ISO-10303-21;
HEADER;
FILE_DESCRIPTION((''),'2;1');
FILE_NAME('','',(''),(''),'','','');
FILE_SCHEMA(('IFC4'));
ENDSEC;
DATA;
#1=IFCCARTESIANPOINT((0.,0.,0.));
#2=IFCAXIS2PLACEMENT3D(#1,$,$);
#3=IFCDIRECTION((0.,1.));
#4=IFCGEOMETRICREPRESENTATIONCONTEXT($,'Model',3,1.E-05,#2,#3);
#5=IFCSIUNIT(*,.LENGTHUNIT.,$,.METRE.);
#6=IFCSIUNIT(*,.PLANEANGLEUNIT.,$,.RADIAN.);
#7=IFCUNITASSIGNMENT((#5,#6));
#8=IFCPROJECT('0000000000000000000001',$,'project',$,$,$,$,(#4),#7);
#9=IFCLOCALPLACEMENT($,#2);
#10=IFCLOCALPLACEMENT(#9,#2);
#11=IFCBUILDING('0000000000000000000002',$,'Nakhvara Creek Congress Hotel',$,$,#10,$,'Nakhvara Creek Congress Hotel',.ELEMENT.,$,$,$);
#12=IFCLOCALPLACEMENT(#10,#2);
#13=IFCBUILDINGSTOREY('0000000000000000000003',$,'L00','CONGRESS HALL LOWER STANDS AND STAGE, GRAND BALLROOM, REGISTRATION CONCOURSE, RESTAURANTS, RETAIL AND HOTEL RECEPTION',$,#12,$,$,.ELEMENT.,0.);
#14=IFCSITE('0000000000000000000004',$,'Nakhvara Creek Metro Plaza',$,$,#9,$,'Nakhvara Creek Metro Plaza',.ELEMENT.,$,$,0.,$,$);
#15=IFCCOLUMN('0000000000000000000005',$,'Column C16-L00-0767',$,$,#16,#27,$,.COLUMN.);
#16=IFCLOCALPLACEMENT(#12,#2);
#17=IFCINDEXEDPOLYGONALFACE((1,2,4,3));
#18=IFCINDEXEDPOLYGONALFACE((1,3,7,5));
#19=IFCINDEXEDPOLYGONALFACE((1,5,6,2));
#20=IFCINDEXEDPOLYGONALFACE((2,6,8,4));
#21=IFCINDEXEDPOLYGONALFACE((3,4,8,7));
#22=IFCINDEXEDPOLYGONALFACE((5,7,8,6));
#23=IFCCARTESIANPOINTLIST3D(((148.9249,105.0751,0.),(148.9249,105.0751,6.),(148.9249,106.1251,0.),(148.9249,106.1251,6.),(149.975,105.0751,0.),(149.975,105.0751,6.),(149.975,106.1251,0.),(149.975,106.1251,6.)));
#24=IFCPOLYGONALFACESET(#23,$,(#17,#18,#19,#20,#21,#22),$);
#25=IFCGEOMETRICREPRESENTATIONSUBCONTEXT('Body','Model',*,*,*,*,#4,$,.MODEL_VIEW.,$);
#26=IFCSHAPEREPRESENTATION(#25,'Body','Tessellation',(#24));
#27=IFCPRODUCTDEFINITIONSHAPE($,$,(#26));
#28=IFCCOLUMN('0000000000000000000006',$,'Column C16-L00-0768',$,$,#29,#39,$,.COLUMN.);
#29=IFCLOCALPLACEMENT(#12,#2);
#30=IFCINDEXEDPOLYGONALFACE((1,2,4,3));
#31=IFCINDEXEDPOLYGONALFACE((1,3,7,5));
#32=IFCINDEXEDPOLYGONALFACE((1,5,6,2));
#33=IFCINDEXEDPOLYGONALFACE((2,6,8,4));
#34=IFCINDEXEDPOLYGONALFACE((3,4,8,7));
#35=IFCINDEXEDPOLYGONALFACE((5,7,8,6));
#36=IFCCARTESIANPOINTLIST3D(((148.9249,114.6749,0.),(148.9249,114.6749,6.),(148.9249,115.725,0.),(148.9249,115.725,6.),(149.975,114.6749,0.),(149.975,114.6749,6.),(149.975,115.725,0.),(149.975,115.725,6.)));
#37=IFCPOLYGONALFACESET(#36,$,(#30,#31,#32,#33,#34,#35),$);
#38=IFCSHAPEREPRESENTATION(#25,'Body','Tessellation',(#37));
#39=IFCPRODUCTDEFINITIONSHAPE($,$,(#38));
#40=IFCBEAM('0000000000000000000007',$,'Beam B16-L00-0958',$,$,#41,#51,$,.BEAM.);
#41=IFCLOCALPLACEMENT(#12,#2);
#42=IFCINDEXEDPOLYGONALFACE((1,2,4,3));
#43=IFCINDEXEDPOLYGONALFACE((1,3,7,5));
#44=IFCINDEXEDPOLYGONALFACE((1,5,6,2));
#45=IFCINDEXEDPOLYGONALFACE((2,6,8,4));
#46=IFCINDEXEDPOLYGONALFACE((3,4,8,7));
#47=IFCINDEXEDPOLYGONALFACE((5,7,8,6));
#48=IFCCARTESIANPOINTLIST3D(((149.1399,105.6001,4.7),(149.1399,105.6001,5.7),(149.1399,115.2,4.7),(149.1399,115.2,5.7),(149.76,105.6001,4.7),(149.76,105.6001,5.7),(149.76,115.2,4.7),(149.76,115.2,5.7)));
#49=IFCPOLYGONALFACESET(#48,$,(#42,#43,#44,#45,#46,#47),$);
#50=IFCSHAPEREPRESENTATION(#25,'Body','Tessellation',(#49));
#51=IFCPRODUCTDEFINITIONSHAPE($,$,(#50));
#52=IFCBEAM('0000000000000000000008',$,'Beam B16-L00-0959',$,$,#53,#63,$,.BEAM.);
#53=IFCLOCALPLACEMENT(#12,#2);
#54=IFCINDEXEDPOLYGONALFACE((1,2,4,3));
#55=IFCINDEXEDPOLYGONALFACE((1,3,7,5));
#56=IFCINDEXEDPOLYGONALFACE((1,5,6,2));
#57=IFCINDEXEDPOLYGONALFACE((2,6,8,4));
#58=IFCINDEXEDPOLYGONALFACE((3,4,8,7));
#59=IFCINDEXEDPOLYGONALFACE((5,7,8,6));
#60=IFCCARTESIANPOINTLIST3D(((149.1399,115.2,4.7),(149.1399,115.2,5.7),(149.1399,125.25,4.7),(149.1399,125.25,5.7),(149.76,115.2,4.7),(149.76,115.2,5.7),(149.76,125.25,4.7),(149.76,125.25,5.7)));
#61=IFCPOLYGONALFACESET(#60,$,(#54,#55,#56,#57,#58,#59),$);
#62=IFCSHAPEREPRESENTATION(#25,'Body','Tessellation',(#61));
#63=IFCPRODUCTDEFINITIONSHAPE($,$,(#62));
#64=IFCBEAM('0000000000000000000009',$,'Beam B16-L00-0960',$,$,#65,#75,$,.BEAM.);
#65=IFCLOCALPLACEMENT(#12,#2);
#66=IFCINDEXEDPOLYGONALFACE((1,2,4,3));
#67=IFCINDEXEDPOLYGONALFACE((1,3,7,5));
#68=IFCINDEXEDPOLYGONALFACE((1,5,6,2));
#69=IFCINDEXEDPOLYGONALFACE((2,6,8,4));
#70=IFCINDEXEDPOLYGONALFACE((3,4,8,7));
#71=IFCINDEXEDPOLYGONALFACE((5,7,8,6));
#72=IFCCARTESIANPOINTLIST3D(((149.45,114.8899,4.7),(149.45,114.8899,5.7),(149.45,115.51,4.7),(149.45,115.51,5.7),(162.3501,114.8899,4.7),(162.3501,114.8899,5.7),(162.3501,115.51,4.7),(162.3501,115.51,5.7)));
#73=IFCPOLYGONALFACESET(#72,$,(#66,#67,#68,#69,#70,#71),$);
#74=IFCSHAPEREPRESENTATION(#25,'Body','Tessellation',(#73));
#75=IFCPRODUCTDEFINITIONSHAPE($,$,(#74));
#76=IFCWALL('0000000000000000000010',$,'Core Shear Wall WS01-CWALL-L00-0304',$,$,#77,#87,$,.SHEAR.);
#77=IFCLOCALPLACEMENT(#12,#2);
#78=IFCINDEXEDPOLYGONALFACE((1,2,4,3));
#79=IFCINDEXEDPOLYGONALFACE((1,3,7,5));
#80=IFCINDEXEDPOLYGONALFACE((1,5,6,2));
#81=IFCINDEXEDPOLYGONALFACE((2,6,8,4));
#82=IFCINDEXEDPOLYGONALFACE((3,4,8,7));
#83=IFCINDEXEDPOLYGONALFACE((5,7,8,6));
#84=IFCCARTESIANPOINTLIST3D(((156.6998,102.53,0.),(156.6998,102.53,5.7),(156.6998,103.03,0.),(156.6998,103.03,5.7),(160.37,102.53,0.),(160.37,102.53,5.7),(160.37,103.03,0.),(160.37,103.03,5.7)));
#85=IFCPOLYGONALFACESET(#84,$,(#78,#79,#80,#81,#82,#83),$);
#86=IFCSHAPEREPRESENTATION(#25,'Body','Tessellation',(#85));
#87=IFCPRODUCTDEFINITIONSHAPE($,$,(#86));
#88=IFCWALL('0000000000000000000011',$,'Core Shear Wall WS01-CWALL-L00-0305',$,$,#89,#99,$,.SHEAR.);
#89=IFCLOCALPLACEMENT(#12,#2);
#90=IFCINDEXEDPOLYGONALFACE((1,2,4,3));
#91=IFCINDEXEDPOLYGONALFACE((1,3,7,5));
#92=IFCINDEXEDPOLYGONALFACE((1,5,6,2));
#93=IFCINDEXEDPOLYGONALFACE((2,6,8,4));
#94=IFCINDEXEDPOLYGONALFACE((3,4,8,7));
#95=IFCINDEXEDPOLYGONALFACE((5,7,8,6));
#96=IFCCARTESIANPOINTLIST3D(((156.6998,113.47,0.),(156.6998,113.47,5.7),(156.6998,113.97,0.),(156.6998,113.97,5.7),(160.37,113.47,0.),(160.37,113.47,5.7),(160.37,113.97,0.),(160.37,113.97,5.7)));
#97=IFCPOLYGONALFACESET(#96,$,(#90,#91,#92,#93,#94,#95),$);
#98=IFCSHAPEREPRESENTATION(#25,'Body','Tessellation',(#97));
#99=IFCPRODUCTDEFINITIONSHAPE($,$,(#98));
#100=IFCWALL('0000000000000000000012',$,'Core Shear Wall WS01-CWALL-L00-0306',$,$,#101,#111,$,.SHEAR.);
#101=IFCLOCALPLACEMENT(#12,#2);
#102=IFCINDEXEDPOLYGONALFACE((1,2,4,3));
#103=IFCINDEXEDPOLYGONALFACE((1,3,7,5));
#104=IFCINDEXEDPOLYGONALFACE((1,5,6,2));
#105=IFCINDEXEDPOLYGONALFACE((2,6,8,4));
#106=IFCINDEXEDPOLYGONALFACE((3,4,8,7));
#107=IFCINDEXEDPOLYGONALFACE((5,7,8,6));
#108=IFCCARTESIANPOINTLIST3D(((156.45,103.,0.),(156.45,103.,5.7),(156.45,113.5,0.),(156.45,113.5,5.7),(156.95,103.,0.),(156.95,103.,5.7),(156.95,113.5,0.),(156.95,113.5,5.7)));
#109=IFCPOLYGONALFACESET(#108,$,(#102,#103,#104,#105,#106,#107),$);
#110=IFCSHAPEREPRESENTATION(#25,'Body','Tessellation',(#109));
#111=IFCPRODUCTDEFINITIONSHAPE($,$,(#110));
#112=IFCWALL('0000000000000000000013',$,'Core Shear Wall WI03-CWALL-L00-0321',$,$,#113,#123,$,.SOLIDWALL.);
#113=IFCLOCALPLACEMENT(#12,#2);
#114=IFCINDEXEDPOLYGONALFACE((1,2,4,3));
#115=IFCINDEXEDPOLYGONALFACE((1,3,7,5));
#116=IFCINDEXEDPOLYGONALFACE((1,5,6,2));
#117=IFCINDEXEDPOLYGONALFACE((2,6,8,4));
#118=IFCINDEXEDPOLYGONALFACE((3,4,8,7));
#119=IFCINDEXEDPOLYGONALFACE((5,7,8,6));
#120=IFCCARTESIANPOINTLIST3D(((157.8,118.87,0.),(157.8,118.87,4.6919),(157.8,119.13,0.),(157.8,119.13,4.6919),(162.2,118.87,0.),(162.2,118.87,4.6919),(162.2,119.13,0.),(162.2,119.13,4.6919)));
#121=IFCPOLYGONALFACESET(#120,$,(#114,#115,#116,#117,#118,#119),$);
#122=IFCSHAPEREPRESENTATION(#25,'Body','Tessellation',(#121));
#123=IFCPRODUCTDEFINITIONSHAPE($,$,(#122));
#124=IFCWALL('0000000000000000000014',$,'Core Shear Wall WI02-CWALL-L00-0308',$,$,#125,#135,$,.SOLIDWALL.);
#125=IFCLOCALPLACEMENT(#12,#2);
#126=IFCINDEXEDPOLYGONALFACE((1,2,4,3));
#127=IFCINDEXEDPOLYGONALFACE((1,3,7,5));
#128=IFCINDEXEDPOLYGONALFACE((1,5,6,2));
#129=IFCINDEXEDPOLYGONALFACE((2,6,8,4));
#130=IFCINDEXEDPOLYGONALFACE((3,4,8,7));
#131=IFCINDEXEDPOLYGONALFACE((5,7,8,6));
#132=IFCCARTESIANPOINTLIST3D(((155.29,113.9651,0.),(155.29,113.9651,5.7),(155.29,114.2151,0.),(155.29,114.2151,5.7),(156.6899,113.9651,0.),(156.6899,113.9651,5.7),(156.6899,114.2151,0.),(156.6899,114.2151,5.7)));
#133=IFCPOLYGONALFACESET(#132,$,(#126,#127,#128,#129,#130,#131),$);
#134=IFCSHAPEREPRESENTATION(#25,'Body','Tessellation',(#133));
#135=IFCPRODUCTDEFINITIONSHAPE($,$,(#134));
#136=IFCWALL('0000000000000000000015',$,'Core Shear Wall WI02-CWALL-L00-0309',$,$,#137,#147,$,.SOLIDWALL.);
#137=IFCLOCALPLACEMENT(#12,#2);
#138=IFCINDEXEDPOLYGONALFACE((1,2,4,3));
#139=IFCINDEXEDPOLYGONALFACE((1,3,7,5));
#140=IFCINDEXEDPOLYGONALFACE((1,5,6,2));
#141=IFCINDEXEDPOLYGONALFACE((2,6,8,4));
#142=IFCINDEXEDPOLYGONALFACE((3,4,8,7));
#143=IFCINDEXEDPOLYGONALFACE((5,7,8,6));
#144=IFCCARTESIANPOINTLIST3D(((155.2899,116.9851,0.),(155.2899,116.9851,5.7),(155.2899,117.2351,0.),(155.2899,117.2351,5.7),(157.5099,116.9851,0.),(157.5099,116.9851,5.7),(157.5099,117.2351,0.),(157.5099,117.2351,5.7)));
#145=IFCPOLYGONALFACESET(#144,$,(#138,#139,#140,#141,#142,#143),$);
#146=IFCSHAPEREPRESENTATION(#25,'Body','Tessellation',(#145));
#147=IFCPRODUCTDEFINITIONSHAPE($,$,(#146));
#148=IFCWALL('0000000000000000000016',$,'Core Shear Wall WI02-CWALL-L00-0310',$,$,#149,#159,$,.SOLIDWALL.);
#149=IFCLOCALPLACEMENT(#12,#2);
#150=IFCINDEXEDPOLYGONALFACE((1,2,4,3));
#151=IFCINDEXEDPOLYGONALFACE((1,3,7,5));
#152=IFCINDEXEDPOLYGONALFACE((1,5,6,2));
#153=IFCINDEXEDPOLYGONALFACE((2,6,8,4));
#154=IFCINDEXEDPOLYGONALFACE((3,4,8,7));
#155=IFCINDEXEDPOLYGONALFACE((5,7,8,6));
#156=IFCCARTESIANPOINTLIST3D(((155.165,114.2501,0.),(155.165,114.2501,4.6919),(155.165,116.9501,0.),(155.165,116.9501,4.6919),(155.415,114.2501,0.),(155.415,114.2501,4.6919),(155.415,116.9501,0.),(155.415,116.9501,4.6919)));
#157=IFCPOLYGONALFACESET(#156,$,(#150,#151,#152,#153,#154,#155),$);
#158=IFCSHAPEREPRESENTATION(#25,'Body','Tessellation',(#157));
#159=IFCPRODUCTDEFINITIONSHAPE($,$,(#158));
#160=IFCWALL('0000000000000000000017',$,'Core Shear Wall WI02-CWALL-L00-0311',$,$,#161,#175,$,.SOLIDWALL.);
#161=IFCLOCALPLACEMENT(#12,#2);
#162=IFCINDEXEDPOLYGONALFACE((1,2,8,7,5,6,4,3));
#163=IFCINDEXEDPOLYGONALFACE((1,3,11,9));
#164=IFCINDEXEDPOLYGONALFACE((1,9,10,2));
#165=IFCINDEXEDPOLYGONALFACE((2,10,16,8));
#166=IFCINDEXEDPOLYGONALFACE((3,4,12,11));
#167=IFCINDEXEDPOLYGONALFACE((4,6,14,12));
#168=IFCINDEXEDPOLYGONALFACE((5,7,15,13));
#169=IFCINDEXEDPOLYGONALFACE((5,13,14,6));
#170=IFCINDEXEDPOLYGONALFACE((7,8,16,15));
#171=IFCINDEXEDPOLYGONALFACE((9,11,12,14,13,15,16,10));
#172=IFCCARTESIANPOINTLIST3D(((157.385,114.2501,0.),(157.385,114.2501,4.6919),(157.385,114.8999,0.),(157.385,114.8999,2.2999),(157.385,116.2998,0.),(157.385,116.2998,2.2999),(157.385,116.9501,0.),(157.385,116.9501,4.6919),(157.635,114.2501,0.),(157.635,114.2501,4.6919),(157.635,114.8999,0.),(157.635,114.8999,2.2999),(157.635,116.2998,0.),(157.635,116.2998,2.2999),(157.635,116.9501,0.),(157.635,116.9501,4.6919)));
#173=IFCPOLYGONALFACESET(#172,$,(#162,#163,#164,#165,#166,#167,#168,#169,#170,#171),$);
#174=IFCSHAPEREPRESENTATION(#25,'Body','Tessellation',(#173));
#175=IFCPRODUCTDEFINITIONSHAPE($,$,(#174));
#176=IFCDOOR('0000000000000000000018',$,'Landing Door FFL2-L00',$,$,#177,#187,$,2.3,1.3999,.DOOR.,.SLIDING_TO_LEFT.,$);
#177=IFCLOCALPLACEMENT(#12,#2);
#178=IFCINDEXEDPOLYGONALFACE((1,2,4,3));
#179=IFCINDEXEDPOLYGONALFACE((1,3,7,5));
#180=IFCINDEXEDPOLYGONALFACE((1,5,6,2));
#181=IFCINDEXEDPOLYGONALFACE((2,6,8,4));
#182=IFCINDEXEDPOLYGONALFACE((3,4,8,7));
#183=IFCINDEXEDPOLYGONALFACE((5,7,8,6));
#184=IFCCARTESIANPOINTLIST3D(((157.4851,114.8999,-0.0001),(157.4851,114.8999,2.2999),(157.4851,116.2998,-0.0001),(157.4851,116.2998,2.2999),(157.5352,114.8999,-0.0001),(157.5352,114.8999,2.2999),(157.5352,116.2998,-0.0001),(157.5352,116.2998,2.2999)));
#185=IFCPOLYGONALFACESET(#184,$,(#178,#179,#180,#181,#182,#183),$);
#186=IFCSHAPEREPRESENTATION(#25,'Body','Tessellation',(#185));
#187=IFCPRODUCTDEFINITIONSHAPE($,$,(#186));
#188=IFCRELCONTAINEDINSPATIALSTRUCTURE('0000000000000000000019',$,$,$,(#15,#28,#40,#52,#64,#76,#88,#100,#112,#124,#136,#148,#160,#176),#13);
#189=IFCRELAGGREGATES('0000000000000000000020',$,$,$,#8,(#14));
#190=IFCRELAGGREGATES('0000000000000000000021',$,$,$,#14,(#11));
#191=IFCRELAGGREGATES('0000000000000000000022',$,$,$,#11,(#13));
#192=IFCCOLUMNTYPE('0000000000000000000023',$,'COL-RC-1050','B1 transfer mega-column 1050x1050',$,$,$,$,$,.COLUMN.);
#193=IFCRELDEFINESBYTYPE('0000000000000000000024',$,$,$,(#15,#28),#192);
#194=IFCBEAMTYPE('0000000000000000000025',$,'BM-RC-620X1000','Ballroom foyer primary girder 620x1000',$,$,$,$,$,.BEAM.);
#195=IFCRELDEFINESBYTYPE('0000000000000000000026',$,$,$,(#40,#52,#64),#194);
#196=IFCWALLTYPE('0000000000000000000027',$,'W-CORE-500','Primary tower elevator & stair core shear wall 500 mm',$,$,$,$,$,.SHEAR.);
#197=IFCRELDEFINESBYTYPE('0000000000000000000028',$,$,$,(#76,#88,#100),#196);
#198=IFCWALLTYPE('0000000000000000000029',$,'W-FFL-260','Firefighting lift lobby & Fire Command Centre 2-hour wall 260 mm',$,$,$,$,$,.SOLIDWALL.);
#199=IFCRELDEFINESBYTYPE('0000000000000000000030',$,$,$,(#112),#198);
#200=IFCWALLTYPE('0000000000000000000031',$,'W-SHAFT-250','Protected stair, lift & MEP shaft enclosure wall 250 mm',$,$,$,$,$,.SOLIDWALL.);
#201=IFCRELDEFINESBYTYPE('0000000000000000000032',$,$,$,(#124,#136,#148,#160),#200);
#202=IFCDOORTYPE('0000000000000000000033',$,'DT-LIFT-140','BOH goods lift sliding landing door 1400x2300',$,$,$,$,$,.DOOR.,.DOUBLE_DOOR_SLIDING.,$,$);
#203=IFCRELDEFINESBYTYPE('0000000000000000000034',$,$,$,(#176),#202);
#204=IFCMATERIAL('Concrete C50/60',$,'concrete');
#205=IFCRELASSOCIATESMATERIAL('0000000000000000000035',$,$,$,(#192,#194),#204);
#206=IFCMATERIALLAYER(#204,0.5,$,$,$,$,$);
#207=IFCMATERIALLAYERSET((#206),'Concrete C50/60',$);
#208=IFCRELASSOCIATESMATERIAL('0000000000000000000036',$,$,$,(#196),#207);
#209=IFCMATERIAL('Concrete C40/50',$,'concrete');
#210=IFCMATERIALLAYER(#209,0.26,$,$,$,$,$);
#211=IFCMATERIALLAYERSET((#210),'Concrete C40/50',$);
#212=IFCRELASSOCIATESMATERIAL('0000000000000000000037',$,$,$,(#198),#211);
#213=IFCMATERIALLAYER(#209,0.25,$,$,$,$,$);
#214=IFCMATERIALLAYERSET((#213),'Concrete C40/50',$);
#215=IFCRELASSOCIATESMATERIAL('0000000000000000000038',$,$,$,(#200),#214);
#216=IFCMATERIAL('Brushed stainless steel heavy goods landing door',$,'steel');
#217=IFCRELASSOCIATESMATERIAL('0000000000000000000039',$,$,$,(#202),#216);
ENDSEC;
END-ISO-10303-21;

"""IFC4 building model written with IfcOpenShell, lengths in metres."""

from ifc_helpers import new_model, si_unit, direction, frame, frame_2d, origin, origin_2d, place, context, subcontext, project, spatial, rectangle, extrude, material, layer, layer_set, material_profile, profile_set, type_object, element, fill, save


model = new_model("IFC4")

# Units and contexts
model_context = context("Model", 3, precision=1e-05, world=origin(), true_north=direction((0.0, 1.0)))
body_context = subcontext(model_context, "Body", "Model", "MODEL_VIEW")
ifc_project = project(units=[si_unit("LENGTHUNIT", "METRE"), si_unit("PLANEANGLEUNIT", "RADIAN")], contexts=[model_context])

# Site, building, storey
site_placement = place(None, origin())
site = spatial("IfcSite", under=ifc_project, at=site_placement, Name="Nakhvara Creek Metro Plaza", LongName="Nakhvara Creek Metro Plaza", CompositionType="ELEMENT", RefElevation=0.0)
building_placement = place(site_placement, origin())
building = spatial("IfcBuilding", under=site, at=building_placement, Name="Nakhvara Creek Congress Hotel", LongName="Nakhvara Creek Congress Hotel", CompositionType="ELEMENT")
storey_placement = place(building_placement, origin())
storey = spatial("IfcBuildingStorey", under=building, at=storey_placement, Name="L00", Description="CONGRESS HALL LOWER STANDS AND STAGE, GRAND BALLROOM, REGISTRATION CONCOURSE, RESTAURANTS, RETAIL AND HOTEL RECEPTION", CompositionType="ELEMENT", Elevation=0.0)

# Columns
ifc_material_1 = material(Name="Concrete C50/60", Category="concrete")
ifc_material_profile_1 = material_profile(ifc_material_1, rectangle(XDim=1.05, YDim=1.05, at=origin_2d()), Name="RC-COL 1050x1050", Category="LoadBearing")
ifc_profile_set_1 = profile_set([ifc_material_profile_1], Name="Concrete C50/60")
column_type = type_object("IfcColumnType", Name="COL-RC-1050", Description="B1 transfer mega-column 1050x1050", PredefinedType="COLUMN", material=ifc_profile_set_1)
for number, where, z_axis, x_axis, name in (
    (1, (149.45, 105.6001, 0.0), (0.0, 0.0, 1.0), (1.0, 0.0, 0.0), "Column C16-L00-0767"),
    (2, (149.45, 115.2, 0.0), (0.0, 0.0, 1.0), (1.0, 0.0, 0.0), "Column C16-L00-0768"),
):
    element("IfcColumn", number, at=place(storey_placement, frame(where, z_axis=z_axis, x_axis=x_axis)), inside=storey, type_object=column_type, Name=name, PredefinedType="COLUMN", context=body_context, shape_type="SweptSolid", body=[
        extrude(rectangle(XDim=1.05, YDim=1.05, at=origin_2d()), origin(), (0.0, 0.0, 1.0), 6.0),
    ])

# Beams
ifc_material_profile_2 = material_profile(ifc_material_1, rectangle(XDim=0.6201, YDim=1.0, at=origin_2d()), Name="RC-BM 620x1000", Category="LoadBearing")
ifc_profile_set_2 = profile_set([ifc_material_profile_2], Name="Concrete C50/60")
beam_type = type_object("IfcBeamType", Name="BM-RC-620X1000", Description="Ballroom foyer primary girder 620x1000", PredefinedType="BEAM", material=ifc_profile_set_2)
beam_1_placement = place(storey_placement, frame((149.45, 105.6001, 5.2), z_axis=(0.0, 1.0, 0.0), x_axis=(-1.0, 0.0, 0.0)))
element("IfcBeam", 3, at=beam_1_placement, inside=storey, type_object=beam_type, Name="Beam B16-L00-0958", PredefinedType="BEAM", context=body_context, shape_type="SweptSolid", body=[
    extrude(rectangle(XDim=0.6201, YDim=1.0, at=origin_2d()), origin(), (0.0, 0.0, 1.0), 9.5999),
])
beam_2_placement = place(storey_placement, frame((149.45, 115.2, 5.2), z_axis=(0.0, 1.0, 0.0), x_axis=(-1.0, 0.0, 0.0)))
element("IfcBeam", 4, at=beam_2_placement, inside=storey, type_object=beam_type, Name="Beam B16-L00-0959", PredefinedType="BEAM", context=body_context, shape_type="SweptSolid", body=[
    extrude(rectangle(XDim=0.6201, YDim=1.0, at=origin_2d()), origin(), (0.0, 0.0, 1.0), 10.05),
])
beam_3_placement = place(storey_placement, frame((149.45, 115.2, 5.2), z_axis=(1.0, 0.0, 0.0), x_axis=(0.0, 1.0, 0.0)))
element("IfcBeam", 5, at=beam_3_placement, inside=storey, type_object=beam_type, Name="Beam B16-L00-0960", PredefinedType="BEAM", context=body_context, shape_type="SweptSolid", body=[
    extrude(rectangle(XDim=0.6201, YDim=1.0, at=origin_2d()), origin(), (0.0, 0.0, 1.0), 12.9001),
])

# Walls
ifc_layer_1 = layer(ifc_material_1, 0.5)
ifc_layer_set_1 = layer_set([ifc_layer_1], Name="Concrete C50/60")
wall_type_1 = type_object("IfcWallType", Name="W-CORE-500", Description="Primary tower elevator & stair core shear wall 500 mm", PredefinedType="SHEAR", material=ifc_layer_set_1)
for number, where, z_axis, x_axis, name in (
    (6, (156.7, 102.78, 0.0), (0.0, 0.0, 1.0), (1.0, 0.0, 0.0), "Core Shear Wall WS01-CWALL-L00-0304"),
    (7, (156.7, 113.72, 0.0), (0.0, 0.0, 1.0), (1.0, 0.0, 0.0), "Core Shear Wall WS01-CWALL-L00-0305"),
):
    element("IfcWall", number, at=place(storey_placement, frame(where, z_axis=z_axis, x_axis=x_axis)), inside=storey, type_object=wall_type_1, Name=name, PredefinedType="SHEAR", context=body_context, shape_type="SweptSolid", body=[
        extrude(rectangle(XDim=3.6702, YDim=0.5, at=frame_2d((1.835, 0.0))), origin(), (0.0, 0.0, 1.0), 5.7),
    ])
wall_1_placement = place(storey_placement, frame((156.7, 103.0, 0.0), z_axis=(0.0, 0.0, 1.0), x_axis=(0.0, 1.0, 0.0)))
element("IfcWall", 8, at=wall_1_placement, inside=storey, type_object=wall_type_1, Name="Core Shear Wall WS01-CWALL-L00-0306", PredefinedType="SHEAR", context=body_context, shape_type="SweptSolid", body=[
    extrude(rectangle(XDim=10.5, YDim=0.5, at=frame_2d((5.25, 0.0))), origin(), (0.0, 0.0, 1.0), 5.7),
])
ifc_material_2 = material(Name="Concrete C40/50", Category="concrete")
ifc_layer_2 = layer(ifc_material_2, 0.26)
ifc_layer_set_2 = layer_set([ifc_layer_2], Name="Concrete C40/50")
wall_type_2 = type_object("IfcWallType", Name="W-FFL-260", Description="Firefighting lift lobby & Fire Command Centre 2-hour wall 260 mm", PredefinedType="SOLIDWALL", material=ifc_layer_set_2)
wall_2_placement = place(storey_placement, frame((157.8, 119.0, 0.0), z_axis=(0.0, 0.0, 1.0), x_axis=(1.0, 0.0, 0.0)))
element("IfcWall", 9, at=wall_2_placement, inside=storey, type_object=wall_type_2, Name="Core Shear Wall WI03-CWALL-L00-0321", PredefinedType="SOLIDWALL", context=body_context, shape_type="SweptSolid", body=[
    extrude(rectangle(XDim=4.3999, YDim=0.26, at=frame_2d((2.2, 0.0))), origin(), (0.0, 0.0, 1.0), 4.6919),
])
ifc_layer_3 = layer(ifc_material_2, 0.25)
ifc_layer_set_3 = layer_set([ifc_layer_3], Name="Concrete C40/50")
wall_type_3 = type_object("IfcWallType", Name="W-SHAFT-250", Description="Protected stair, lift & MEP shaft enclosure wall 250 mm", PredefinedType="SOLIDWALL", material=ifc_layer_set_3)
wall_3_placement = place(storey_placement, frame((155.29, 114.0901, 0.0), z_axis=(0.0, 0.0, 1.0), x_axis=(1.0, 0.0, 0.0)))
element("IfcWall", 10, at=wall_3_placement, inside=storey, type_object=wall_type_3, Name="Core Shear Wall WI02-CWALL-L00-0308", PredefinedType="SOLIDWALL", context=body_context, shape_type="SweptSolid", body=[
    extrude(rectangle(XDim=1.3999, YDim=0.25, at=frame_2d((0.7, 0.0))), origin(), (0.0, 0.0, 1.0), 5.7),
])
wall_4_placement = place(storey_placement, frame((155.29, 117.1101, 0.0), z_axis=(0.0, 0.0, 1.0), x_axis=(1.0, 0.0, 0.0)))
element("IfcWall", 11, at=wall_4_placement, inside=storey, type_object=wall_type_3, Name="Core Shear Wall WI02-CWALL-L00-0309", PredefinedType="SOLIDWALL", context=body_context, shape_type="SweptSolid", body=[
    extrude(rectangle(XDim=2.22, YDim=0.25, at=frame_2d((1.1099, 0.0))), origin(), (0.0, 0.0, 1.0), 5.7),
])
wall_5_placement = place(storey_placement, frame((155.29, 114.25, 0.0), z_axis=(0.0, 0.0, 1.0), x_axis=(0.0, 1.0, 0.0)))
element("IfcWall", 12, at=wall_5_placement, inside=storey, type_object=wall_type_3, Name="Core Shear Wall WI02-CWALL-L00-0310", PredefinedType="SOLIDWALL", context=body_context, shape_type="SweptSolid", body=[
    extrude(rectangle(XDim=2.7, YDim=0.25, at=frame_2d((1.3501, 0.0))), origin(), (0.0, 0.0, 1.0), 4.6919),
])

# Wall, opening, door
wall_6_placement = place(storey_placement, frame((157.51, 114.25, 0.0), z_axis=(0.0, 0.0, 1.0), x_axis=(0.0, 1.0, 0.0)))
wall_6 = element("IfcWall", 13, at=wall_6_placement, inside=storey, type_object=wall_type_3, Name="Core Shear Wall WI02-CWALL-L00-0311", PredefinedType="SOLIDWALL", context=body_context, shape_type="SweptSolid", body=[
    extrude(rectangle(XDim=2.7, YDim=0.25, at=frame_2d((1.3501, 0.0))), origin(), (0.0, 0.0, 1.0), 4.6919),
])
opening_1_placement = place(wall_6_placement, frame((0.6499, 0.0, 0.0)))
opening_1 = element("IfcOpeningElement", 14, at=opening_1_placement, cuts=wall_6, PredefinedType="OPENING", context=body_context, shape_type="SweptSolid", body=[
    extrude(rectangle(XDim=1.3999, YDim=2.3, at=frame_2d((0.7, 1.1499))), frame((0.0, 0.137, 0.0), z_axis=(0.0, -1.0, 0.0), x_axis=(1.0, 0.0, 0.0)), (0.0, 0.0, 1.0), 0.2739),
])
ifc_material_3 = material(Name="Brushed stainless steel heavy goods landing door", Category="steel")
door_type_1 = type_object("IfcDoorType", Name="DT-LIFT-140", Description="BOH goods lift sliding landing door 1400x2300", OperationType="DOUBLE_DOOR_SLIDING", PredefinedType="DOOR", material=ifc_material_3)
door_1_placement = place(opening_1_placement, origin())
door_1 = element("IfcDoor", 15, at=door_1_placement, inside=storey, type_object=door_type_1, Name="Landing Door FFL2-L00", OperationType="SLIDING_TO_LEFT", OverallHeight=2.3, OverallWidth=1.3999, PredefinedType="DOOR", context=body_context, shape_type="SweptSolid", body=[
    extrude(rectangle(XDim=1.3999, YDim=2.3, at=frame_2d((0.7, 1.1499))), frame((0.0, 0.0249, 0.0), z_axis=(0.0, -1.0, 0.0), x_axis=(1.0, 0.0, 0.0)), (0.0, 0.0, 1.0), 0.05),
])
fill(opening_1, door_1)

save(model, "model.ifc")
